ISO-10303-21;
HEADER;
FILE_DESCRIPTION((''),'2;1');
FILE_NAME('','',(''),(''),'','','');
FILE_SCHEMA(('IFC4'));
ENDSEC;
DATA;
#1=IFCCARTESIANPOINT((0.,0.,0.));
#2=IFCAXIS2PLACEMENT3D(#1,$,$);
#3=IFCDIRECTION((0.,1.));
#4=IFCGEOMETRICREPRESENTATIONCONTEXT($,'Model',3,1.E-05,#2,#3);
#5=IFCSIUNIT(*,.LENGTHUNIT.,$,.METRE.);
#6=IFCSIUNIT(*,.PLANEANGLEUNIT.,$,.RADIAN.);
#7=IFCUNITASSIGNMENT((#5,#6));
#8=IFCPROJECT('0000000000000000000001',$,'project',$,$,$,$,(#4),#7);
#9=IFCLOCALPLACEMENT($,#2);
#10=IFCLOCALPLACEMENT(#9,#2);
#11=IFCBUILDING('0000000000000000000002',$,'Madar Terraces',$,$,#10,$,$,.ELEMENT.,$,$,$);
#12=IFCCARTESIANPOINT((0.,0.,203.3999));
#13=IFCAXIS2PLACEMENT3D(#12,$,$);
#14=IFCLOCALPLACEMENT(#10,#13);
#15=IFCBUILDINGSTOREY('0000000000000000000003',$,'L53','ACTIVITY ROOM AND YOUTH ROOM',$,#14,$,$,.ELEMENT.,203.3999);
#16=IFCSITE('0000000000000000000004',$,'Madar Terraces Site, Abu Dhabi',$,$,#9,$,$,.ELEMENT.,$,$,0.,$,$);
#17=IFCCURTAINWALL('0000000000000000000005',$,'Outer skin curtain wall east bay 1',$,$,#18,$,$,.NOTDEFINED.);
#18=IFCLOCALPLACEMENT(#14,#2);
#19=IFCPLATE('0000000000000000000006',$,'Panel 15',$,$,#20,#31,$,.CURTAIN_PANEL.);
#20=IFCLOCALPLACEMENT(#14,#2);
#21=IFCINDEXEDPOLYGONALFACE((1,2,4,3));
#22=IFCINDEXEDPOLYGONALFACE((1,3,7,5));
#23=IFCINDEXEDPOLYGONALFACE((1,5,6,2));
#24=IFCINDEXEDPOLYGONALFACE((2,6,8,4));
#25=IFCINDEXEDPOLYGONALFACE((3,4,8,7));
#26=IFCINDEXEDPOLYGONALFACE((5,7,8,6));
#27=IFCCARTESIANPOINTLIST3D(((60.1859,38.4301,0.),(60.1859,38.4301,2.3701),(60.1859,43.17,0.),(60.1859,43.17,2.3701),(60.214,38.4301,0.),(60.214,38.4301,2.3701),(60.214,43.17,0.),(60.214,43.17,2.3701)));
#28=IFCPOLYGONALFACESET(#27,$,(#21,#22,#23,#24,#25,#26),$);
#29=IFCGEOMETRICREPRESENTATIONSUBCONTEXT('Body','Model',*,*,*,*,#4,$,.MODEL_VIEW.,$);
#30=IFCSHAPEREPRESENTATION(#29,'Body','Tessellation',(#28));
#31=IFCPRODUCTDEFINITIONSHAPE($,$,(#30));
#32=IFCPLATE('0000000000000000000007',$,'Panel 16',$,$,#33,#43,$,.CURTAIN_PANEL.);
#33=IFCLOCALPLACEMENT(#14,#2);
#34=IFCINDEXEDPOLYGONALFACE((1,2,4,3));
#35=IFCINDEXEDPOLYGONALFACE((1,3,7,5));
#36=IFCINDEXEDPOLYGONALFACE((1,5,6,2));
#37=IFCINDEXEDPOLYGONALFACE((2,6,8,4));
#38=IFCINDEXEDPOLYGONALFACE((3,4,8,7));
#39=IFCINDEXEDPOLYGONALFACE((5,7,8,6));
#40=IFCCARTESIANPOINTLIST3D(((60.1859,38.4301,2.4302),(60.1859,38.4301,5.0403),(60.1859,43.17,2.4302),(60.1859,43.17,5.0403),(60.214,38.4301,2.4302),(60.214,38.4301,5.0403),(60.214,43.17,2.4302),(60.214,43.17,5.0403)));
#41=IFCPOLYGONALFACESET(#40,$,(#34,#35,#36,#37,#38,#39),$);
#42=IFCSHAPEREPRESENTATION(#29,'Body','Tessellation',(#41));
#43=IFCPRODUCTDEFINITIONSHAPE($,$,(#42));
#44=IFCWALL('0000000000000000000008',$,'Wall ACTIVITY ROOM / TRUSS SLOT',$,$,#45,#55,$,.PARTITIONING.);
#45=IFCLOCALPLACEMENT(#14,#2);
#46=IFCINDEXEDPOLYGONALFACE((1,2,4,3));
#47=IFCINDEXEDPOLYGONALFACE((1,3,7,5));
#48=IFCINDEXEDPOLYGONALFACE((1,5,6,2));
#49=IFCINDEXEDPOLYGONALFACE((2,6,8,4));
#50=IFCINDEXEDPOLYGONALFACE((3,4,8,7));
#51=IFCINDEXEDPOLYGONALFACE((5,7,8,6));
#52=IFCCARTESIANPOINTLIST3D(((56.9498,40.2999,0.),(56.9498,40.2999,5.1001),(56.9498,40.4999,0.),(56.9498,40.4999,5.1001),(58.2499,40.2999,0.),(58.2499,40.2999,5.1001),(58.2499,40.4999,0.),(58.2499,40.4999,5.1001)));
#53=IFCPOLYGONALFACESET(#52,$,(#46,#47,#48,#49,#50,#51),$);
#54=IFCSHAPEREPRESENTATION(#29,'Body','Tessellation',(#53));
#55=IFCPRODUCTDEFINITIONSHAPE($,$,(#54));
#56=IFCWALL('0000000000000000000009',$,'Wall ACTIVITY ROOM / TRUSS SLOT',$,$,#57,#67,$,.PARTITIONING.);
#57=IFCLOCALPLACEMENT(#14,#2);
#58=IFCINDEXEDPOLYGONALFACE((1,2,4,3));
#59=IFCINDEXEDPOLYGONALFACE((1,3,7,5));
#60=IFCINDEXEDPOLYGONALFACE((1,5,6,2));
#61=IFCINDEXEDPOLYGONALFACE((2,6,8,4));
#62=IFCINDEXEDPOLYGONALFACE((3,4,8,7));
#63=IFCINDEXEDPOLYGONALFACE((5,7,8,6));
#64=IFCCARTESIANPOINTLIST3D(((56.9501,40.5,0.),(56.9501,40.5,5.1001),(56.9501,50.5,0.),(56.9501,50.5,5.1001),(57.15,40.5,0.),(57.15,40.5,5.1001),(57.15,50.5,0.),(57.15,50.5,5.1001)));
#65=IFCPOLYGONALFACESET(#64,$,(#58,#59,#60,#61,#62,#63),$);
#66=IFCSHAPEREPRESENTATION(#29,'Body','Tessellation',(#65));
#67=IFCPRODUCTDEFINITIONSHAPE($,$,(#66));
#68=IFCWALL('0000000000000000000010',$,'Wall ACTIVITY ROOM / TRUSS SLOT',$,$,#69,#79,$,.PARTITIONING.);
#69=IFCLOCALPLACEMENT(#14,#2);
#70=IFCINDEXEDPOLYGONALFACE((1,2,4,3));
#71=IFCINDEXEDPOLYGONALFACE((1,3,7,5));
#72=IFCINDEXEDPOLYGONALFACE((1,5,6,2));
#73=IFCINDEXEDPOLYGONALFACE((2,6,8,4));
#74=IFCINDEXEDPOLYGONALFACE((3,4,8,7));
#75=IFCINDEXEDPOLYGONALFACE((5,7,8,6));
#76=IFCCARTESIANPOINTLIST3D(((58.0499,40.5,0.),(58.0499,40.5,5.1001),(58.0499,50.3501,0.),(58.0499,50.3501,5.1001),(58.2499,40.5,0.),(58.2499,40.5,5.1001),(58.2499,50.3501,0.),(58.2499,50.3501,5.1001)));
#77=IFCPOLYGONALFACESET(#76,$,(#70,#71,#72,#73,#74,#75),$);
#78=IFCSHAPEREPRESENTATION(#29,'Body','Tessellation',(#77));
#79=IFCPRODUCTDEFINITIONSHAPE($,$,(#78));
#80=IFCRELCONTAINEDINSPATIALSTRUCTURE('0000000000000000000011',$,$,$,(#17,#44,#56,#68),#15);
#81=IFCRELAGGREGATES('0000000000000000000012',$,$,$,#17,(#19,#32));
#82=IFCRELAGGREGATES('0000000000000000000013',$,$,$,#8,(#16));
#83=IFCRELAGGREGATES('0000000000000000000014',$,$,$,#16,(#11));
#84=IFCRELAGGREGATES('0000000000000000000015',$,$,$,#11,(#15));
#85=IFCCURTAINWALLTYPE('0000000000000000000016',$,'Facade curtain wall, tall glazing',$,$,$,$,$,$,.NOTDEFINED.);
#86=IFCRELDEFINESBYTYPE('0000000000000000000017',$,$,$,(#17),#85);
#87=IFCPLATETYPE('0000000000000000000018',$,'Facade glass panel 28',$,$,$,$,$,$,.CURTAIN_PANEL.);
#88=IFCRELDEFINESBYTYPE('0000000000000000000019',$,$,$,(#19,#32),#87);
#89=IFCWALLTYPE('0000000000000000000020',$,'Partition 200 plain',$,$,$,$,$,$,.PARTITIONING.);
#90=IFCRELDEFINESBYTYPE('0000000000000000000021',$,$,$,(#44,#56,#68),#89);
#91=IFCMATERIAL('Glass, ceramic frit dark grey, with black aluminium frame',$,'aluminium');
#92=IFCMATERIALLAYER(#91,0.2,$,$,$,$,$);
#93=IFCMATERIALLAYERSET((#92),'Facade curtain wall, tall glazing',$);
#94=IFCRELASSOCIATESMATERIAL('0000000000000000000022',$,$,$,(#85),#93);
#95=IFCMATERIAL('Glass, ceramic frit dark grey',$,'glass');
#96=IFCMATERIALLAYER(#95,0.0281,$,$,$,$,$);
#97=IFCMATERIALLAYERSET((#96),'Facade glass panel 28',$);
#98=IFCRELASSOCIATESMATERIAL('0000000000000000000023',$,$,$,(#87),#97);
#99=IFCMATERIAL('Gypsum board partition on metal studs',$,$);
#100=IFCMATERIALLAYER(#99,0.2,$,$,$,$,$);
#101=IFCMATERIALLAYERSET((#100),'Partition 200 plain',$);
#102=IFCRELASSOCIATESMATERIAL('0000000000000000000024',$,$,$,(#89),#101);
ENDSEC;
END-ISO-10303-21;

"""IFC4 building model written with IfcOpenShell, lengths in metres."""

from ifc_helpers import new_model, si_unit, direction, frame, frame_2d, origin, origin_2d, place, context, subcontext, project, spatial, rectangle, extrude, material, layer, layer_set, type_object, element, aggregate, save


model = new_model("IFC4")

# Units and contexts
model_context = context("Model", 3, precision=1e-05, world=origin(), true_north=direction((0.0, 1.0)))
body_context = subcontext(model_context, "Body", "Model", "MODEL_VIEW")
ifc_project = project(units=[si_unit("LENGTHUNIT", "METRE"), si_unit("PLANEANGLEUNIT", "RADIAN")], contexts=[model_context])

# Site, building, storey
site_placement = place(None, origin())
site = spatial("IfcSite", under=ifc_project, at=site_placement, Name="Madar Terraces Site, Abu Dhabi", CompositionType="ELEMENT", RefElevation=0.0)
building_placement = place(site_placement, origin())
building = spatial("IfcBuilding", under=site, at=building_placement, Name="Madar Terraces", CompositionType="ELEMENT")
storey_placement = place(building_placement, frame((0.0, 0.0, 203.3999)))
storey = spatial("IfcBuildingStorey", under=building, at=storey_placement, Name="L53", Description="ACTIVITY ROOM AND YOUTH ROOM", CompositionType="ELEMENT", Elevation=203.3999)

# Curtain wall
ifc_material_1 = material(Name="Glass, ceramic frit dark grey, with black aluminium frame", Category="aluminium")
ifc_layer_1 = layer(ifc_material_1, 0.2)
ifc_layer_set_1 = layer_set([ifc_layer_1], Name="Facade curtain wall, tall glazing")
curtain_wall_type = type_object("IfcCurtainWallType", Name="Facade curtain wall, tall glazing", PredefinedType="NOTDEFINED", material=ifc_layer_set_1)
curtain_wall_placement = place(storey_placement, origin())
curtain_wall = element("IfcCurtainWall", 1, at=curtain_wall_placement, inside=storey, type_object=curtain_wall_type, Name="Outer skin curtain wall east bay 1", PredefinedType="NOTDEFINED")

# Plates
ifc_material_2 = material(Name="Glass, ceramic frit dark grey", Category="glass")
ifc_layer_2 = layer(ifc_material_2, 0.0281)
ifc_layer_set_2 = layer_set([ifc_layer_2], Name="Facade glass panel 28")
plate_type = type_object("IfcPlateType", Name="Facade glass panel 28", PredefinedType="CURTAIN_PANEL", material=ifc_layer_set_2)
plate_1_placement = place(storey_placement, frame((60.2, 40.8, 0.0), z_axis=(0.0, 0.0, 1.0), x_axis=(0.0, 1.0, 0.0)))
plate_1 = element("IfcPlate", 2, at=plate_1_placement, type_object=plate_type, Name="Panel 15", PredefinedType="CURTAIN_PANEL", context=body_context, shape_type="SweptSolid", body=[
    extrude(rectangle(XDim=4.74, YDim=0.0281, at=origin_2d()), origin(), (0.0, 0.0, 1.0), 2.3701),
])
plate_2_placement = place(storey_placement, frame((60.2, 40.8, 2.4302), z_axis=(0.0, 0.0, 1.0), x_axis=(0.0, 1.0, 0.0)))
plate_2 = element("IfcPlate", 3, at=plate_2_placement, type_object=plate_type, Name="Panel 16", PredefinedType="CURTAIN_PANEL", context=body_context, shape_type="SweptSolid", body=[
    extrude(rectangle(XDim=4.74, YDim=0.0281, at=origin_2d()), origin(), (0.0, 0.0, 1.0), 2.6101),
])
aggregate(curtain_wall, [plate_1, plate_2])

# Walls
ifc_material_3 = material(Name="Gypsum board partition on metal studs")
ifc_layer_3 = layer(ifc_material_3, 0.2)
ifc_layer_set_3 = layer_set([ifc_layer_3], Name="Partition 200 plain")
wall_type = type_object("IfcWallType", Name="Partition 200 plain", PredefinedType="PARTITIONING", material=ifc_layer_set_3)
wall_1_placement = place(storey_placement, frame((56.95, 40.3999, 0.0), z_axis=(0.0, 0.0, 1.0), x_axis=(1.0, 0.0, 0.0)))
element("IfcWall", 4, at=wall_1_placement, inside=storey, type_object=wall_type, Name="Wall ACTIVITY ROOM / TRUSS SLOT", PredefinedType="PARTITIONING", context=body_context, shape_type="SweptSolid", body=[
    extrude(rectangle(XDim=1.3, YDim=0.2, at=frame_2d((0.6499, 0.0))), origin(), (0.0, 0.0, 1.0), 5.1001),
])
wall_2_placement = place(storey_placement, frame((57.05, 40.5, 0.0), z_axis=(0.0, 0.0, 1.0), x_axis=(0.0, 1.0, 0.0)))
element("IfcWall", 5, at=wall_2_placement, inside=storey, type_object=wall_type, Name="Wall ACTIVITY ROOM / TRUSS SLOT", PredefinedType="PARTITIONING", context=body_context, shape_type="SweptSolid", body=[
    extrude(rectangle(XDim=10.0, YDim=0.2, at=frame_2d((5.0, 0.0))), origin(), (0.0, 0.0, 1.0), 5.1001),
])
wall_3_placement = place(storey_placement, frame((58.1499, 40.5, 0.0), z_axis=(0.0, 0.0, 1.0), x_axis=(0.0, 1.0, 0.0)))
element("IfcWall", 6, at=wall_3_placement, inside=storey, type_object=wall_type, Name="Wall ACTIVITY ROOM / TRUSS SLOT", PredefinedType="PARTITIONING", context=body_context, shape_type="SweptSolid", body=[
    extrude(rectangle(XDim=9.8501, YDim=0.2, at=frame_2d((4.925, 0.0))), origin(), (0.0, 0.0, 1.0), 5.1001),
])

save(model, "model.ifc")
